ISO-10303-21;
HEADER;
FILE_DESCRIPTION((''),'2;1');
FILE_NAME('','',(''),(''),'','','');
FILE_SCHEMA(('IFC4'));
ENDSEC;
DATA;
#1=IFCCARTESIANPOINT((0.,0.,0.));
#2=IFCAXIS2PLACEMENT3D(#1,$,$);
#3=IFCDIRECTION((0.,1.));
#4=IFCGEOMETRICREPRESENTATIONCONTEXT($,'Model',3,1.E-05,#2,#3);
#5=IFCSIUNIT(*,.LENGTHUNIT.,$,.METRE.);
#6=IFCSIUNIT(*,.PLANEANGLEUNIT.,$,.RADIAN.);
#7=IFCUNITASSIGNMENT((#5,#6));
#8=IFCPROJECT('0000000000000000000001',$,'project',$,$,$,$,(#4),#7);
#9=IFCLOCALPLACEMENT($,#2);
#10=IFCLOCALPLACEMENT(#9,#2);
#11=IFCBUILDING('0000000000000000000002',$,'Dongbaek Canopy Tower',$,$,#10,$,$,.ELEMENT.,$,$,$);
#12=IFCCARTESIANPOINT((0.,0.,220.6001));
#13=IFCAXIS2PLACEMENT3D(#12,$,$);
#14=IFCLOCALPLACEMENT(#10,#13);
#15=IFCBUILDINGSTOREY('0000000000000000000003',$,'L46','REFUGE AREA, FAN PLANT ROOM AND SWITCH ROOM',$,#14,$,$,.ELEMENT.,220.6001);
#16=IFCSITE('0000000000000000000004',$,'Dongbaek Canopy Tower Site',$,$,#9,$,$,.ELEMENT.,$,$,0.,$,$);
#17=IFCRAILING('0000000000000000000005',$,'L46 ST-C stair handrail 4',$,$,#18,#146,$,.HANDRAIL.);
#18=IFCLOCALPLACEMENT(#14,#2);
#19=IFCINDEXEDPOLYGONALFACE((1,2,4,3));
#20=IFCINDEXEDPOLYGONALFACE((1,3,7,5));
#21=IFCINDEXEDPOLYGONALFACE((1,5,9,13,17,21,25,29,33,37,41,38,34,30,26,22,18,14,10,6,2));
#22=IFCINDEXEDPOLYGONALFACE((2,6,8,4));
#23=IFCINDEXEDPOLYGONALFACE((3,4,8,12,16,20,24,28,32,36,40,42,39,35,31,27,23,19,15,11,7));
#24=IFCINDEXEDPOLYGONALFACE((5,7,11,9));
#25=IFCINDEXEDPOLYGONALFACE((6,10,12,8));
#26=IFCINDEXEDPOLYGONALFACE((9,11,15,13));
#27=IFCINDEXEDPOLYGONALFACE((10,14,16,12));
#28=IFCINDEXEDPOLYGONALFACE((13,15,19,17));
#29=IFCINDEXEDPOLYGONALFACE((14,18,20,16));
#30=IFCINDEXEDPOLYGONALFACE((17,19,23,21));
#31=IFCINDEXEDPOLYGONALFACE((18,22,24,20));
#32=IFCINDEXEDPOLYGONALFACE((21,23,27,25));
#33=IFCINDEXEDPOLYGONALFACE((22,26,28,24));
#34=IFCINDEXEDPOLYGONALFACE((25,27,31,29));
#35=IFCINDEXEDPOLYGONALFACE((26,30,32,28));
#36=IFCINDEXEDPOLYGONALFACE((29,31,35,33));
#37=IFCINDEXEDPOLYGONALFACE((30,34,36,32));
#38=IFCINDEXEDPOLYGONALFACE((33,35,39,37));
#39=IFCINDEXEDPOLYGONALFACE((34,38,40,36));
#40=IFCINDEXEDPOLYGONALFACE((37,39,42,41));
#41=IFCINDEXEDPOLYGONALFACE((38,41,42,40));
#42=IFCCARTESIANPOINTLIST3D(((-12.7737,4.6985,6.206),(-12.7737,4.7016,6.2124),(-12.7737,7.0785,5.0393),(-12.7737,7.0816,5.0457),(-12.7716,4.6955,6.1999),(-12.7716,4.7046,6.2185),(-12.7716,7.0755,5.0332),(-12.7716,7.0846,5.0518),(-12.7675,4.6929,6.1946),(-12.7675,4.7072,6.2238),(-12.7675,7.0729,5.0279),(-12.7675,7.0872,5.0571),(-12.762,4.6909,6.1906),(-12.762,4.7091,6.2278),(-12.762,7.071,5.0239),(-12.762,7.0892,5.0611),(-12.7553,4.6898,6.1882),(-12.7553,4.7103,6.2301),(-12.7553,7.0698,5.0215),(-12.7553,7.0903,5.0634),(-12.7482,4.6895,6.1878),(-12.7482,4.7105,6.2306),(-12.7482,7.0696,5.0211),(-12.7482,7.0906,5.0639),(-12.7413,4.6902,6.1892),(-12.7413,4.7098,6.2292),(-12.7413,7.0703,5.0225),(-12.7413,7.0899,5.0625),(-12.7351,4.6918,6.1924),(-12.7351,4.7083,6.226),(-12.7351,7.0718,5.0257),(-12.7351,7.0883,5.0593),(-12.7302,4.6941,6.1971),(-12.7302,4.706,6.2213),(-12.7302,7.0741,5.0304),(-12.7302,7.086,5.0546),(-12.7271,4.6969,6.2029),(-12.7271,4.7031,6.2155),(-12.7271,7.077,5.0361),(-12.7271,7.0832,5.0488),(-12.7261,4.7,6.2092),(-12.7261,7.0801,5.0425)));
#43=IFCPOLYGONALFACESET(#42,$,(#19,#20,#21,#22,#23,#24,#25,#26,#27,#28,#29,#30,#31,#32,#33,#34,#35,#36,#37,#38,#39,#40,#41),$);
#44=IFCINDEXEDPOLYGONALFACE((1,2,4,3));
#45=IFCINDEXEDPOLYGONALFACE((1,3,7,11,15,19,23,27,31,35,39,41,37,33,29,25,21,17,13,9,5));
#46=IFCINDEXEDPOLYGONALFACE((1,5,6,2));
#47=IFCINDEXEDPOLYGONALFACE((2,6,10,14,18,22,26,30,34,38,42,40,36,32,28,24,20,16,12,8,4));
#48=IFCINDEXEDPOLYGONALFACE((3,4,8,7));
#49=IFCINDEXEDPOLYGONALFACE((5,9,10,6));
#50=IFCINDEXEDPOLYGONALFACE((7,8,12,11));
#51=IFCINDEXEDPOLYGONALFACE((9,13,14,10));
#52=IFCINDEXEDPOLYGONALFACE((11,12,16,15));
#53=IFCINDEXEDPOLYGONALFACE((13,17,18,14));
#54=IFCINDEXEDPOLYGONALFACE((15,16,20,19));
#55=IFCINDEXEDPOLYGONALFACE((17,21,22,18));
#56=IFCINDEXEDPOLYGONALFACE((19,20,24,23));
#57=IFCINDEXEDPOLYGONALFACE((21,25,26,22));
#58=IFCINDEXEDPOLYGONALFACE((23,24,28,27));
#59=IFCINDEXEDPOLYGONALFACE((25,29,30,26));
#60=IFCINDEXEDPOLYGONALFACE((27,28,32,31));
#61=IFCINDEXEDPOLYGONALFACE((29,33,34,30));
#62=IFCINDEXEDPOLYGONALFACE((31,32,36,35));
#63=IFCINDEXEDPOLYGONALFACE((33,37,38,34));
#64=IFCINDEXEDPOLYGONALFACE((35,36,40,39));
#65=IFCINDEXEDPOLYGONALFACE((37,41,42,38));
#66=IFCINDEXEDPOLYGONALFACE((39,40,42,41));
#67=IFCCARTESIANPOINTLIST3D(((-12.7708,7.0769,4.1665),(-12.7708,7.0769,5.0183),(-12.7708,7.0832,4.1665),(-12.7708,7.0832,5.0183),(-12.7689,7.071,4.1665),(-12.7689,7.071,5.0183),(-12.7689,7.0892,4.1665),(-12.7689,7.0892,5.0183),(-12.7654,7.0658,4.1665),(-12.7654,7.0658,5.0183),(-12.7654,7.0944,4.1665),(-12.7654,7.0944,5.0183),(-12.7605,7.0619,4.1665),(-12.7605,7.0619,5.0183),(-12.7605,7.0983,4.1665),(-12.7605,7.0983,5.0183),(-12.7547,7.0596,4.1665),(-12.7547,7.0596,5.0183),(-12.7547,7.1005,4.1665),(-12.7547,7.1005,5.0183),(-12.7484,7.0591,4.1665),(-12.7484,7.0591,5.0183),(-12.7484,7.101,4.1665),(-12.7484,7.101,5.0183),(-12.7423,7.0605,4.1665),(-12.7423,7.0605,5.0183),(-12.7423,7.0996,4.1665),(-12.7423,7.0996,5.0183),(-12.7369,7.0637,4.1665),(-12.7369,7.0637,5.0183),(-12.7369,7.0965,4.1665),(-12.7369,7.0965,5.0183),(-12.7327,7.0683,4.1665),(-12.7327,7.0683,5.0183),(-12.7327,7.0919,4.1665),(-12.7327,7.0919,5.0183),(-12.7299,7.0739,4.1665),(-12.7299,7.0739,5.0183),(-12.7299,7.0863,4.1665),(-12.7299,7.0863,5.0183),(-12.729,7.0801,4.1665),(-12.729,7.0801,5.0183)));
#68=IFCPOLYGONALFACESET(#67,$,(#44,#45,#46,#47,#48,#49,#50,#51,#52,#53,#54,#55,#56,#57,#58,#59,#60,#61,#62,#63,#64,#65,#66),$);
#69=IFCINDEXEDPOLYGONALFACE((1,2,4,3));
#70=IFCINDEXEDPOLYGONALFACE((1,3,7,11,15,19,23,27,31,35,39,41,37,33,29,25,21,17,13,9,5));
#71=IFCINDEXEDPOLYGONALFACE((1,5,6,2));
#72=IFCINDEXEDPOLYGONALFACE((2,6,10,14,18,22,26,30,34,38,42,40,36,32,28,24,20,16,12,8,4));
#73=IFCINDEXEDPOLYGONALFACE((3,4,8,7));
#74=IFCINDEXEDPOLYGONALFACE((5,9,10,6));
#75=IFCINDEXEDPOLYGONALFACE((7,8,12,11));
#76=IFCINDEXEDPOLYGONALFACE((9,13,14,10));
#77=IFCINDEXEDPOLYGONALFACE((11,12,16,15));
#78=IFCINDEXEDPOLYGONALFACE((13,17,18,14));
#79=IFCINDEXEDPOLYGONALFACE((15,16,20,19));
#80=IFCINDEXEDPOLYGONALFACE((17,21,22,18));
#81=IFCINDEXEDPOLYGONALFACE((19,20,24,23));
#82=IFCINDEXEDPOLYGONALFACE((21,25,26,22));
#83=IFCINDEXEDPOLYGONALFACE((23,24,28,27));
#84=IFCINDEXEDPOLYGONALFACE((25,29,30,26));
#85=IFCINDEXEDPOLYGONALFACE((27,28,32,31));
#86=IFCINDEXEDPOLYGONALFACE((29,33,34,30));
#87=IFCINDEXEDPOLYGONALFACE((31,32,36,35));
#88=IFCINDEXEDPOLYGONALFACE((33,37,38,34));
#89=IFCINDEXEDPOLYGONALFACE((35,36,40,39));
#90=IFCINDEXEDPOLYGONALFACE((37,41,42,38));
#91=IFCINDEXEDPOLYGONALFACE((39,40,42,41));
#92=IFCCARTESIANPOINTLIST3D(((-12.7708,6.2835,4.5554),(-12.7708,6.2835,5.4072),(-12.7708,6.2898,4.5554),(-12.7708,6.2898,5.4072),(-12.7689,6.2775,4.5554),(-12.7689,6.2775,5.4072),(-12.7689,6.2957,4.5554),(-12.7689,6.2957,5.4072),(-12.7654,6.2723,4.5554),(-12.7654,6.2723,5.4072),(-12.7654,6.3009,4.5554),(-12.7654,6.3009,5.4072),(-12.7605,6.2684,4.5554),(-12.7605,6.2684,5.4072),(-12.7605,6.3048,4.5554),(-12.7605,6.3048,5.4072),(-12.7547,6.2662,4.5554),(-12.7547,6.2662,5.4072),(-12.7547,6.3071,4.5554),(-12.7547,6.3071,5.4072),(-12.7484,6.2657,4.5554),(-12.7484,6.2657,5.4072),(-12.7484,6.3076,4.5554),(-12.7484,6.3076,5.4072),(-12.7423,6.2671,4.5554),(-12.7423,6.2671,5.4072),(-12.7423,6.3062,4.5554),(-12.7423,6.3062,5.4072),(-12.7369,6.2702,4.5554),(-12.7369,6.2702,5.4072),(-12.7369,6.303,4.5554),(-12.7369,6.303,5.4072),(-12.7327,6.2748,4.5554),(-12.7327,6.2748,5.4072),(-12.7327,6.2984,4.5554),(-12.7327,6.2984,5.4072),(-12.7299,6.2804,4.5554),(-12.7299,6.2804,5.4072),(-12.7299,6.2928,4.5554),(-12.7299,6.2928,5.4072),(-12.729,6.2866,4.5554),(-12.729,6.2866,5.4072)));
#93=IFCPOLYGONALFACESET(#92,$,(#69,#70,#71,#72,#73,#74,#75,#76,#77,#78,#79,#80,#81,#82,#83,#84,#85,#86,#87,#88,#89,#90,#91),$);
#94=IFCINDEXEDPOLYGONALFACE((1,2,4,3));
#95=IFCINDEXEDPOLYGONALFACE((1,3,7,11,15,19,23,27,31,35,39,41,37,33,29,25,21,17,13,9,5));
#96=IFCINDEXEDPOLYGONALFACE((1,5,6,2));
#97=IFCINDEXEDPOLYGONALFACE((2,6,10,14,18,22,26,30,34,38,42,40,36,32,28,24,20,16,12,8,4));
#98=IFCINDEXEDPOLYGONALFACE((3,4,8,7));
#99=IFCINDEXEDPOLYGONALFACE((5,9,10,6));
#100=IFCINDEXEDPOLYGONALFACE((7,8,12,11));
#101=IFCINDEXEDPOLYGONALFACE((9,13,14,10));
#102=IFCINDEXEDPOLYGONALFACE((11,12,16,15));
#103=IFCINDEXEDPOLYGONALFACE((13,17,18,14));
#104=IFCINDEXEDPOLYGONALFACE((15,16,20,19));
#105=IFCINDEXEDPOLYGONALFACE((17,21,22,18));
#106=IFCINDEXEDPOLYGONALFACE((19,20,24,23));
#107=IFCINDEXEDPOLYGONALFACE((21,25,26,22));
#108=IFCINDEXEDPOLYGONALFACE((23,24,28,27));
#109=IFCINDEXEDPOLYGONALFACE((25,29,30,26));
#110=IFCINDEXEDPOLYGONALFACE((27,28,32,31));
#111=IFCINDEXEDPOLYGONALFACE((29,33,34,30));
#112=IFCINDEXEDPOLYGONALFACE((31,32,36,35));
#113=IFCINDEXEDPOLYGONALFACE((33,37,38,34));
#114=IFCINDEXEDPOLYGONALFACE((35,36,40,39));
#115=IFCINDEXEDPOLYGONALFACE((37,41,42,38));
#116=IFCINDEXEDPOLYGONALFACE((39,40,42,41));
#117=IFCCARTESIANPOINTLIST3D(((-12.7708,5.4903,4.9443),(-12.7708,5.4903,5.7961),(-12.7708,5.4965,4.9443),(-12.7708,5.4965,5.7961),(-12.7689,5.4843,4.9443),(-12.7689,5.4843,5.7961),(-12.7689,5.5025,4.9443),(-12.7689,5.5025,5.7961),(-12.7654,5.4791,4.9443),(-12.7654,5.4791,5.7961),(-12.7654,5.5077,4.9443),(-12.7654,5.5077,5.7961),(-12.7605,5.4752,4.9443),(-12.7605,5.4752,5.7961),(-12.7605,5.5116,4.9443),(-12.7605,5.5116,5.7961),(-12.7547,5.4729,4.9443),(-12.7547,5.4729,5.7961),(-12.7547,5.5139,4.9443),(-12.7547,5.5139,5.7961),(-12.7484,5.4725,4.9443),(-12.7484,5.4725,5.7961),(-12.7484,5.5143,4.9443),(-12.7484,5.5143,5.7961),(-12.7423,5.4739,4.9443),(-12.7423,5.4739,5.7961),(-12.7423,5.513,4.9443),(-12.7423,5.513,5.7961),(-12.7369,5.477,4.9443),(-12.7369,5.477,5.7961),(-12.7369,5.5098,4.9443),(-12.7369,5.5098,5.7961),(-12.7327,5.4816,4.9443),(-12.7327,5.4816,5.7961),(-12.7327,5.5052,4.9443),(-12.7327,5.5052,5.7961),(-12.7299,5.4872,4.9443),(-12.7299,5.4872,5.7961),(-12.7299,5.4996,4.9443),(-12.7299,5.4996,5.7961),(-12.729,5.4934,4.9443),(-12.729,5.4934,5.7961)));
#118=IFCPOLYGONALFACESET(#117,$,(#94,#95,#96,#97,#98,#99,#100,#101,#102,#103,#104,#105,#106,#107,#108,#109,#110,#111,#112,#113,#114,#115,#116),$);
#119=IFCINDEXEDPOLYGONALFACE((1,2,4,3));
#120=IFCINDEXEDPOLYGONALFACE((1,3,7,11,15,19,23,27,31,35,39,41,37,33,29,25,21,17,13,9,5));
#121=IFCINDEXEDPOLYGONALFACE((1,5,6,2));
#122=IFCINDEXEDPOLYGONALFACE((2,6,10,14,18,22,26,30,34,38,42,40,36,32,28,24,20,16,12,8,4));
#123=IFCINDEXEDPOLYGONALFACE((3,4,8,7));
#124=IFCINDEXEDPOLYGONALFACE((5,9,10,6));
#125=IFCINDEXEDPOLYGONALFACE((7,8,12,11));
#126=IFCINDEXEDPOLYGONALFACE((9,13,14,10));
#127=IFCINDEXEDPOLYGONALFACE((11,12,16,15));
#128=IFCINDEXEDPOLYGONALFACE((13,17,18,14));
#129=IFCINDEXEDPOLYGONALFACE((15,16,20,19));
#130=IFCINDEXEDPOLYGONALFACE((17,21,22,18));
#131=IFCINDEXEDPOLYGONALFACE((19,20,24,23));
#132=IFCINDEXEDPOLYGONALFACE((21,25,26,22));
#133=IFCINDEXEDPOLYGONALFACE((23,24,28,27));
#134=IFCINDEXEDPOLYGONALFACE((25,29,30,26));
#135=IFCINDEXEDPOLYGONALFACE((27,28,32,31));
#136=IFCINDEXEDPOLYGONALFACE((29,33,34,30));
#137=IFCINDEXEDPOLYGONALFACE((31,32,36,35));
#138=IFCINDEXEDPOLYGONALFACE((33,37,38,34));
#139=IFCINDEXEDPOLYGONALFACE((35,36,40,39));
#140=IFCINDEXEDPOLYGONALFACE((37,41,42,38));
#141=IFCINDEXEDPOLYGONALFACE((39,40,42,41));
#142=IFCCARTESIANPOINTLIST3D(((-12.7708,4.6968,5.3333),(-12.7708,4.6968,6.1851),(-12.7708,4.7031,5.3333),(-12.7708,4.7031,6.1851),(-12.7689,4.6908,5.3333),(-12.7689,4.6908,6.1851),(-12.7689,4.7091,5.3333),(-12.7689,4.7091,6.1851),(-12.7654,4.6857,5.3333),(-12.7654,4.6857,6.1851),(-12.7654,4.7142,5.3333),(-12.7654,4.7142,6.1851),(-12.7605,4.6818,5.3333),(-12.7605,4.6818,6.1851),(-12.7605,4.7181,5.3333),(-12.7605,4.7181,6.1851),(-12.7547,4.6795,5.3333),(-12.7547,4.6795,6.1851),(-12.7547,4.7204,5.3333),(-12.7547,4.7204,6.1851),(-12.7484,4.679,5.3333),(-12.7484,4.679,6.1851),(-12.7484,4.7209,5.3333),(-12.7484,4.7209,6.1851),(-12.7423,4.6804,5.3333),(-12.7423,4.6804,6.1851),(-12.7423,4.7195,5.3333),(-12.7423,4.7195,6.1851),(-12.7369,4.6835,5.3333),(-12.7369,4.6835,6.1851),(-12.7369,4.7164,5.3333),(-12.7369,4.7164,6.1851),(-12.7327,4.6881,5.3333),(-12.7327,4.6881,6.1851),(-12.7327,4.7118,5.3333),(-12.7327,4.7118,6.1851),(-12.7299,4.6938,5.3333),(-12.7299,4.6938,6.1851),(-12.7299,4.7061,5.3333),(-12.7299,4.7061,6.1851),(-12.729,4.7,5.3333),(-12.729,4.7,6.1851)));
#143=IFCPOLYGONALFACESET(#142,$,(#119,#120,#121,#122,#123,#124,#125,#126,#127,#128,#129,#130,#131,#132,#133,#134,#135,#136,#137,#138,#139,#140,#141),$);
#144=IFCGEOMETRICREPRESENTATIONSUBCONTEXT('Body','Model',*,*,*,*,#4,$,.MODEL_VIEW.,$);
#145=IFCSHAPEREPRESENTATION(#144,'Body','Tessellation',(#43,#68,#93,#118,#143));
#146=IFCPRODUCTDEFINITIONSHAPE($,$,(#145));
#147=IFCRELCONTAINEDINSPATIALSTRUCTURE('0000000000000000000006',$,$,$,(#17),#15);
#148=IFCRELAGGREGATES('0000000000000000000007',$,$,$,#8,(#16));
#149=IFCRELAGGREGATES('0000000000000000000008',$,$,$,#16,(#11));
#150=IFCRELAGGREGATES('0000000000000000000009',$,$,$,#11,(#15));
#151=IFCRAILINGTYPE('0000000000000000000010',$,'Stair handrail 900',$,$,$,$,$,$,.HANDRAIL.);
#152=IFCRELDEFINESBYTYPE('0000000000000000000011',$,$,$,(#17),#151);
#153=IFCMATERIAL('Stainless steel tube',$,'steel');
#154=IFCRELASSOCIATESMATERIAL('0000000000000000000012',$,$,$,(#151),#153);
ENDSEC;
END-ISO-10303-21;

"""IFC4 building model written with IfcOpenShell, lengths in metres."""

from ifc_helpers import new_model, si_unit, direction, frame, origin, origin_2d, place, context, subcontext, project, spatial, circle, extrude, material, type_object, element, save


model = new_model("IFC4")

# Units and contexts
model_context = context("Model", 3, precision=1e-05, world=origin(), true_north=direction((0.0, 1.0)))
body_context = subcontext(model_context, "Body", "Model", "MODEL_VIEW")
ifc_project = project(units=[si_unit("LENGTHUNIT", "METRE"), si_unit("PLANEANGLEUNIT", "RADIAN")], contexts=[model_context])

# Site, building, storey
site_placement = place(None, origin())
site = spatial("IfcSite", under=ifc_project, at=site_placement, Name="Dongbaek Canopy Tower Site", CompositionType="ELEMENT", RefElevation=0.0)
building_placement = place(site_placement, origin())
building = spatial("IfcBuilding", under=site, at=building_placement, Name="Dongbaek Canopy Tower", CompositionType="ELEMENT")
storey_placement = place(building_placement, frame((0.0, 0.0, 220.6001)))
storey = spatial("IfcBuildingStorey", under=building, at=storey_placement, Name="L46", Description="REFUGE AREA, FAN PLANT ROOM AND SWITCH ROOM", CompositionType="ELEMENT", Elevation=220.6001)

# Railing
ifc_material_1 = material(Name="Stainless steel tube", Category="steel")
railing_type = type_object("IfcRailingType", Name="Stair handrail 900", PredefinedType="HANDRAIL", material=ifc_material_1)
for number, where, name in (
    (1, (-12.75, 7.0801, 4.1665), "L46 ST-C stair handrail 4"),
):
    element("IfcRailing", number, at=place(storey_placement, frame(where)), inside=storey, type_object=railing_type, Name=name, PredefinedType="HANDRAIL", context=body_context, shape_type="SweptSolid", body=[
        extrude(circle(Radius=0.0239, at=origin_2d()), frame((0.0, 0.0, 0.876), z_axis=(0.0, -0.897918, 0.440163), x_axis=(1.0, 0.0, 0.0)), (0.0, 0.0, 1.0), 2.6506),
        extrude(circle(Radius=0.021, at=origin_2d()), origin(), (0.0, 0.0, 1.0), 0.8518),
        extrude(circle(Radius=0.021, at=origin_2d()), frame((0.0, -0.7935, 0.3889)), (0.0, 0.0, 1.0), 0.8518),
        extrude(circle(Radius=0.021, at=origin_2d()), frame((0.0, -1.5867, 0.7778)), (0.0, 0.0, 1.0), 0.8518),
        extrude(circle(Radius=0.021, at=origin_2d()), frame((0.0, -2.3801, 1.1667)), (0.0, 0.0, 1.0), 0.8518),
    ])

save(model, "model.ifc")
